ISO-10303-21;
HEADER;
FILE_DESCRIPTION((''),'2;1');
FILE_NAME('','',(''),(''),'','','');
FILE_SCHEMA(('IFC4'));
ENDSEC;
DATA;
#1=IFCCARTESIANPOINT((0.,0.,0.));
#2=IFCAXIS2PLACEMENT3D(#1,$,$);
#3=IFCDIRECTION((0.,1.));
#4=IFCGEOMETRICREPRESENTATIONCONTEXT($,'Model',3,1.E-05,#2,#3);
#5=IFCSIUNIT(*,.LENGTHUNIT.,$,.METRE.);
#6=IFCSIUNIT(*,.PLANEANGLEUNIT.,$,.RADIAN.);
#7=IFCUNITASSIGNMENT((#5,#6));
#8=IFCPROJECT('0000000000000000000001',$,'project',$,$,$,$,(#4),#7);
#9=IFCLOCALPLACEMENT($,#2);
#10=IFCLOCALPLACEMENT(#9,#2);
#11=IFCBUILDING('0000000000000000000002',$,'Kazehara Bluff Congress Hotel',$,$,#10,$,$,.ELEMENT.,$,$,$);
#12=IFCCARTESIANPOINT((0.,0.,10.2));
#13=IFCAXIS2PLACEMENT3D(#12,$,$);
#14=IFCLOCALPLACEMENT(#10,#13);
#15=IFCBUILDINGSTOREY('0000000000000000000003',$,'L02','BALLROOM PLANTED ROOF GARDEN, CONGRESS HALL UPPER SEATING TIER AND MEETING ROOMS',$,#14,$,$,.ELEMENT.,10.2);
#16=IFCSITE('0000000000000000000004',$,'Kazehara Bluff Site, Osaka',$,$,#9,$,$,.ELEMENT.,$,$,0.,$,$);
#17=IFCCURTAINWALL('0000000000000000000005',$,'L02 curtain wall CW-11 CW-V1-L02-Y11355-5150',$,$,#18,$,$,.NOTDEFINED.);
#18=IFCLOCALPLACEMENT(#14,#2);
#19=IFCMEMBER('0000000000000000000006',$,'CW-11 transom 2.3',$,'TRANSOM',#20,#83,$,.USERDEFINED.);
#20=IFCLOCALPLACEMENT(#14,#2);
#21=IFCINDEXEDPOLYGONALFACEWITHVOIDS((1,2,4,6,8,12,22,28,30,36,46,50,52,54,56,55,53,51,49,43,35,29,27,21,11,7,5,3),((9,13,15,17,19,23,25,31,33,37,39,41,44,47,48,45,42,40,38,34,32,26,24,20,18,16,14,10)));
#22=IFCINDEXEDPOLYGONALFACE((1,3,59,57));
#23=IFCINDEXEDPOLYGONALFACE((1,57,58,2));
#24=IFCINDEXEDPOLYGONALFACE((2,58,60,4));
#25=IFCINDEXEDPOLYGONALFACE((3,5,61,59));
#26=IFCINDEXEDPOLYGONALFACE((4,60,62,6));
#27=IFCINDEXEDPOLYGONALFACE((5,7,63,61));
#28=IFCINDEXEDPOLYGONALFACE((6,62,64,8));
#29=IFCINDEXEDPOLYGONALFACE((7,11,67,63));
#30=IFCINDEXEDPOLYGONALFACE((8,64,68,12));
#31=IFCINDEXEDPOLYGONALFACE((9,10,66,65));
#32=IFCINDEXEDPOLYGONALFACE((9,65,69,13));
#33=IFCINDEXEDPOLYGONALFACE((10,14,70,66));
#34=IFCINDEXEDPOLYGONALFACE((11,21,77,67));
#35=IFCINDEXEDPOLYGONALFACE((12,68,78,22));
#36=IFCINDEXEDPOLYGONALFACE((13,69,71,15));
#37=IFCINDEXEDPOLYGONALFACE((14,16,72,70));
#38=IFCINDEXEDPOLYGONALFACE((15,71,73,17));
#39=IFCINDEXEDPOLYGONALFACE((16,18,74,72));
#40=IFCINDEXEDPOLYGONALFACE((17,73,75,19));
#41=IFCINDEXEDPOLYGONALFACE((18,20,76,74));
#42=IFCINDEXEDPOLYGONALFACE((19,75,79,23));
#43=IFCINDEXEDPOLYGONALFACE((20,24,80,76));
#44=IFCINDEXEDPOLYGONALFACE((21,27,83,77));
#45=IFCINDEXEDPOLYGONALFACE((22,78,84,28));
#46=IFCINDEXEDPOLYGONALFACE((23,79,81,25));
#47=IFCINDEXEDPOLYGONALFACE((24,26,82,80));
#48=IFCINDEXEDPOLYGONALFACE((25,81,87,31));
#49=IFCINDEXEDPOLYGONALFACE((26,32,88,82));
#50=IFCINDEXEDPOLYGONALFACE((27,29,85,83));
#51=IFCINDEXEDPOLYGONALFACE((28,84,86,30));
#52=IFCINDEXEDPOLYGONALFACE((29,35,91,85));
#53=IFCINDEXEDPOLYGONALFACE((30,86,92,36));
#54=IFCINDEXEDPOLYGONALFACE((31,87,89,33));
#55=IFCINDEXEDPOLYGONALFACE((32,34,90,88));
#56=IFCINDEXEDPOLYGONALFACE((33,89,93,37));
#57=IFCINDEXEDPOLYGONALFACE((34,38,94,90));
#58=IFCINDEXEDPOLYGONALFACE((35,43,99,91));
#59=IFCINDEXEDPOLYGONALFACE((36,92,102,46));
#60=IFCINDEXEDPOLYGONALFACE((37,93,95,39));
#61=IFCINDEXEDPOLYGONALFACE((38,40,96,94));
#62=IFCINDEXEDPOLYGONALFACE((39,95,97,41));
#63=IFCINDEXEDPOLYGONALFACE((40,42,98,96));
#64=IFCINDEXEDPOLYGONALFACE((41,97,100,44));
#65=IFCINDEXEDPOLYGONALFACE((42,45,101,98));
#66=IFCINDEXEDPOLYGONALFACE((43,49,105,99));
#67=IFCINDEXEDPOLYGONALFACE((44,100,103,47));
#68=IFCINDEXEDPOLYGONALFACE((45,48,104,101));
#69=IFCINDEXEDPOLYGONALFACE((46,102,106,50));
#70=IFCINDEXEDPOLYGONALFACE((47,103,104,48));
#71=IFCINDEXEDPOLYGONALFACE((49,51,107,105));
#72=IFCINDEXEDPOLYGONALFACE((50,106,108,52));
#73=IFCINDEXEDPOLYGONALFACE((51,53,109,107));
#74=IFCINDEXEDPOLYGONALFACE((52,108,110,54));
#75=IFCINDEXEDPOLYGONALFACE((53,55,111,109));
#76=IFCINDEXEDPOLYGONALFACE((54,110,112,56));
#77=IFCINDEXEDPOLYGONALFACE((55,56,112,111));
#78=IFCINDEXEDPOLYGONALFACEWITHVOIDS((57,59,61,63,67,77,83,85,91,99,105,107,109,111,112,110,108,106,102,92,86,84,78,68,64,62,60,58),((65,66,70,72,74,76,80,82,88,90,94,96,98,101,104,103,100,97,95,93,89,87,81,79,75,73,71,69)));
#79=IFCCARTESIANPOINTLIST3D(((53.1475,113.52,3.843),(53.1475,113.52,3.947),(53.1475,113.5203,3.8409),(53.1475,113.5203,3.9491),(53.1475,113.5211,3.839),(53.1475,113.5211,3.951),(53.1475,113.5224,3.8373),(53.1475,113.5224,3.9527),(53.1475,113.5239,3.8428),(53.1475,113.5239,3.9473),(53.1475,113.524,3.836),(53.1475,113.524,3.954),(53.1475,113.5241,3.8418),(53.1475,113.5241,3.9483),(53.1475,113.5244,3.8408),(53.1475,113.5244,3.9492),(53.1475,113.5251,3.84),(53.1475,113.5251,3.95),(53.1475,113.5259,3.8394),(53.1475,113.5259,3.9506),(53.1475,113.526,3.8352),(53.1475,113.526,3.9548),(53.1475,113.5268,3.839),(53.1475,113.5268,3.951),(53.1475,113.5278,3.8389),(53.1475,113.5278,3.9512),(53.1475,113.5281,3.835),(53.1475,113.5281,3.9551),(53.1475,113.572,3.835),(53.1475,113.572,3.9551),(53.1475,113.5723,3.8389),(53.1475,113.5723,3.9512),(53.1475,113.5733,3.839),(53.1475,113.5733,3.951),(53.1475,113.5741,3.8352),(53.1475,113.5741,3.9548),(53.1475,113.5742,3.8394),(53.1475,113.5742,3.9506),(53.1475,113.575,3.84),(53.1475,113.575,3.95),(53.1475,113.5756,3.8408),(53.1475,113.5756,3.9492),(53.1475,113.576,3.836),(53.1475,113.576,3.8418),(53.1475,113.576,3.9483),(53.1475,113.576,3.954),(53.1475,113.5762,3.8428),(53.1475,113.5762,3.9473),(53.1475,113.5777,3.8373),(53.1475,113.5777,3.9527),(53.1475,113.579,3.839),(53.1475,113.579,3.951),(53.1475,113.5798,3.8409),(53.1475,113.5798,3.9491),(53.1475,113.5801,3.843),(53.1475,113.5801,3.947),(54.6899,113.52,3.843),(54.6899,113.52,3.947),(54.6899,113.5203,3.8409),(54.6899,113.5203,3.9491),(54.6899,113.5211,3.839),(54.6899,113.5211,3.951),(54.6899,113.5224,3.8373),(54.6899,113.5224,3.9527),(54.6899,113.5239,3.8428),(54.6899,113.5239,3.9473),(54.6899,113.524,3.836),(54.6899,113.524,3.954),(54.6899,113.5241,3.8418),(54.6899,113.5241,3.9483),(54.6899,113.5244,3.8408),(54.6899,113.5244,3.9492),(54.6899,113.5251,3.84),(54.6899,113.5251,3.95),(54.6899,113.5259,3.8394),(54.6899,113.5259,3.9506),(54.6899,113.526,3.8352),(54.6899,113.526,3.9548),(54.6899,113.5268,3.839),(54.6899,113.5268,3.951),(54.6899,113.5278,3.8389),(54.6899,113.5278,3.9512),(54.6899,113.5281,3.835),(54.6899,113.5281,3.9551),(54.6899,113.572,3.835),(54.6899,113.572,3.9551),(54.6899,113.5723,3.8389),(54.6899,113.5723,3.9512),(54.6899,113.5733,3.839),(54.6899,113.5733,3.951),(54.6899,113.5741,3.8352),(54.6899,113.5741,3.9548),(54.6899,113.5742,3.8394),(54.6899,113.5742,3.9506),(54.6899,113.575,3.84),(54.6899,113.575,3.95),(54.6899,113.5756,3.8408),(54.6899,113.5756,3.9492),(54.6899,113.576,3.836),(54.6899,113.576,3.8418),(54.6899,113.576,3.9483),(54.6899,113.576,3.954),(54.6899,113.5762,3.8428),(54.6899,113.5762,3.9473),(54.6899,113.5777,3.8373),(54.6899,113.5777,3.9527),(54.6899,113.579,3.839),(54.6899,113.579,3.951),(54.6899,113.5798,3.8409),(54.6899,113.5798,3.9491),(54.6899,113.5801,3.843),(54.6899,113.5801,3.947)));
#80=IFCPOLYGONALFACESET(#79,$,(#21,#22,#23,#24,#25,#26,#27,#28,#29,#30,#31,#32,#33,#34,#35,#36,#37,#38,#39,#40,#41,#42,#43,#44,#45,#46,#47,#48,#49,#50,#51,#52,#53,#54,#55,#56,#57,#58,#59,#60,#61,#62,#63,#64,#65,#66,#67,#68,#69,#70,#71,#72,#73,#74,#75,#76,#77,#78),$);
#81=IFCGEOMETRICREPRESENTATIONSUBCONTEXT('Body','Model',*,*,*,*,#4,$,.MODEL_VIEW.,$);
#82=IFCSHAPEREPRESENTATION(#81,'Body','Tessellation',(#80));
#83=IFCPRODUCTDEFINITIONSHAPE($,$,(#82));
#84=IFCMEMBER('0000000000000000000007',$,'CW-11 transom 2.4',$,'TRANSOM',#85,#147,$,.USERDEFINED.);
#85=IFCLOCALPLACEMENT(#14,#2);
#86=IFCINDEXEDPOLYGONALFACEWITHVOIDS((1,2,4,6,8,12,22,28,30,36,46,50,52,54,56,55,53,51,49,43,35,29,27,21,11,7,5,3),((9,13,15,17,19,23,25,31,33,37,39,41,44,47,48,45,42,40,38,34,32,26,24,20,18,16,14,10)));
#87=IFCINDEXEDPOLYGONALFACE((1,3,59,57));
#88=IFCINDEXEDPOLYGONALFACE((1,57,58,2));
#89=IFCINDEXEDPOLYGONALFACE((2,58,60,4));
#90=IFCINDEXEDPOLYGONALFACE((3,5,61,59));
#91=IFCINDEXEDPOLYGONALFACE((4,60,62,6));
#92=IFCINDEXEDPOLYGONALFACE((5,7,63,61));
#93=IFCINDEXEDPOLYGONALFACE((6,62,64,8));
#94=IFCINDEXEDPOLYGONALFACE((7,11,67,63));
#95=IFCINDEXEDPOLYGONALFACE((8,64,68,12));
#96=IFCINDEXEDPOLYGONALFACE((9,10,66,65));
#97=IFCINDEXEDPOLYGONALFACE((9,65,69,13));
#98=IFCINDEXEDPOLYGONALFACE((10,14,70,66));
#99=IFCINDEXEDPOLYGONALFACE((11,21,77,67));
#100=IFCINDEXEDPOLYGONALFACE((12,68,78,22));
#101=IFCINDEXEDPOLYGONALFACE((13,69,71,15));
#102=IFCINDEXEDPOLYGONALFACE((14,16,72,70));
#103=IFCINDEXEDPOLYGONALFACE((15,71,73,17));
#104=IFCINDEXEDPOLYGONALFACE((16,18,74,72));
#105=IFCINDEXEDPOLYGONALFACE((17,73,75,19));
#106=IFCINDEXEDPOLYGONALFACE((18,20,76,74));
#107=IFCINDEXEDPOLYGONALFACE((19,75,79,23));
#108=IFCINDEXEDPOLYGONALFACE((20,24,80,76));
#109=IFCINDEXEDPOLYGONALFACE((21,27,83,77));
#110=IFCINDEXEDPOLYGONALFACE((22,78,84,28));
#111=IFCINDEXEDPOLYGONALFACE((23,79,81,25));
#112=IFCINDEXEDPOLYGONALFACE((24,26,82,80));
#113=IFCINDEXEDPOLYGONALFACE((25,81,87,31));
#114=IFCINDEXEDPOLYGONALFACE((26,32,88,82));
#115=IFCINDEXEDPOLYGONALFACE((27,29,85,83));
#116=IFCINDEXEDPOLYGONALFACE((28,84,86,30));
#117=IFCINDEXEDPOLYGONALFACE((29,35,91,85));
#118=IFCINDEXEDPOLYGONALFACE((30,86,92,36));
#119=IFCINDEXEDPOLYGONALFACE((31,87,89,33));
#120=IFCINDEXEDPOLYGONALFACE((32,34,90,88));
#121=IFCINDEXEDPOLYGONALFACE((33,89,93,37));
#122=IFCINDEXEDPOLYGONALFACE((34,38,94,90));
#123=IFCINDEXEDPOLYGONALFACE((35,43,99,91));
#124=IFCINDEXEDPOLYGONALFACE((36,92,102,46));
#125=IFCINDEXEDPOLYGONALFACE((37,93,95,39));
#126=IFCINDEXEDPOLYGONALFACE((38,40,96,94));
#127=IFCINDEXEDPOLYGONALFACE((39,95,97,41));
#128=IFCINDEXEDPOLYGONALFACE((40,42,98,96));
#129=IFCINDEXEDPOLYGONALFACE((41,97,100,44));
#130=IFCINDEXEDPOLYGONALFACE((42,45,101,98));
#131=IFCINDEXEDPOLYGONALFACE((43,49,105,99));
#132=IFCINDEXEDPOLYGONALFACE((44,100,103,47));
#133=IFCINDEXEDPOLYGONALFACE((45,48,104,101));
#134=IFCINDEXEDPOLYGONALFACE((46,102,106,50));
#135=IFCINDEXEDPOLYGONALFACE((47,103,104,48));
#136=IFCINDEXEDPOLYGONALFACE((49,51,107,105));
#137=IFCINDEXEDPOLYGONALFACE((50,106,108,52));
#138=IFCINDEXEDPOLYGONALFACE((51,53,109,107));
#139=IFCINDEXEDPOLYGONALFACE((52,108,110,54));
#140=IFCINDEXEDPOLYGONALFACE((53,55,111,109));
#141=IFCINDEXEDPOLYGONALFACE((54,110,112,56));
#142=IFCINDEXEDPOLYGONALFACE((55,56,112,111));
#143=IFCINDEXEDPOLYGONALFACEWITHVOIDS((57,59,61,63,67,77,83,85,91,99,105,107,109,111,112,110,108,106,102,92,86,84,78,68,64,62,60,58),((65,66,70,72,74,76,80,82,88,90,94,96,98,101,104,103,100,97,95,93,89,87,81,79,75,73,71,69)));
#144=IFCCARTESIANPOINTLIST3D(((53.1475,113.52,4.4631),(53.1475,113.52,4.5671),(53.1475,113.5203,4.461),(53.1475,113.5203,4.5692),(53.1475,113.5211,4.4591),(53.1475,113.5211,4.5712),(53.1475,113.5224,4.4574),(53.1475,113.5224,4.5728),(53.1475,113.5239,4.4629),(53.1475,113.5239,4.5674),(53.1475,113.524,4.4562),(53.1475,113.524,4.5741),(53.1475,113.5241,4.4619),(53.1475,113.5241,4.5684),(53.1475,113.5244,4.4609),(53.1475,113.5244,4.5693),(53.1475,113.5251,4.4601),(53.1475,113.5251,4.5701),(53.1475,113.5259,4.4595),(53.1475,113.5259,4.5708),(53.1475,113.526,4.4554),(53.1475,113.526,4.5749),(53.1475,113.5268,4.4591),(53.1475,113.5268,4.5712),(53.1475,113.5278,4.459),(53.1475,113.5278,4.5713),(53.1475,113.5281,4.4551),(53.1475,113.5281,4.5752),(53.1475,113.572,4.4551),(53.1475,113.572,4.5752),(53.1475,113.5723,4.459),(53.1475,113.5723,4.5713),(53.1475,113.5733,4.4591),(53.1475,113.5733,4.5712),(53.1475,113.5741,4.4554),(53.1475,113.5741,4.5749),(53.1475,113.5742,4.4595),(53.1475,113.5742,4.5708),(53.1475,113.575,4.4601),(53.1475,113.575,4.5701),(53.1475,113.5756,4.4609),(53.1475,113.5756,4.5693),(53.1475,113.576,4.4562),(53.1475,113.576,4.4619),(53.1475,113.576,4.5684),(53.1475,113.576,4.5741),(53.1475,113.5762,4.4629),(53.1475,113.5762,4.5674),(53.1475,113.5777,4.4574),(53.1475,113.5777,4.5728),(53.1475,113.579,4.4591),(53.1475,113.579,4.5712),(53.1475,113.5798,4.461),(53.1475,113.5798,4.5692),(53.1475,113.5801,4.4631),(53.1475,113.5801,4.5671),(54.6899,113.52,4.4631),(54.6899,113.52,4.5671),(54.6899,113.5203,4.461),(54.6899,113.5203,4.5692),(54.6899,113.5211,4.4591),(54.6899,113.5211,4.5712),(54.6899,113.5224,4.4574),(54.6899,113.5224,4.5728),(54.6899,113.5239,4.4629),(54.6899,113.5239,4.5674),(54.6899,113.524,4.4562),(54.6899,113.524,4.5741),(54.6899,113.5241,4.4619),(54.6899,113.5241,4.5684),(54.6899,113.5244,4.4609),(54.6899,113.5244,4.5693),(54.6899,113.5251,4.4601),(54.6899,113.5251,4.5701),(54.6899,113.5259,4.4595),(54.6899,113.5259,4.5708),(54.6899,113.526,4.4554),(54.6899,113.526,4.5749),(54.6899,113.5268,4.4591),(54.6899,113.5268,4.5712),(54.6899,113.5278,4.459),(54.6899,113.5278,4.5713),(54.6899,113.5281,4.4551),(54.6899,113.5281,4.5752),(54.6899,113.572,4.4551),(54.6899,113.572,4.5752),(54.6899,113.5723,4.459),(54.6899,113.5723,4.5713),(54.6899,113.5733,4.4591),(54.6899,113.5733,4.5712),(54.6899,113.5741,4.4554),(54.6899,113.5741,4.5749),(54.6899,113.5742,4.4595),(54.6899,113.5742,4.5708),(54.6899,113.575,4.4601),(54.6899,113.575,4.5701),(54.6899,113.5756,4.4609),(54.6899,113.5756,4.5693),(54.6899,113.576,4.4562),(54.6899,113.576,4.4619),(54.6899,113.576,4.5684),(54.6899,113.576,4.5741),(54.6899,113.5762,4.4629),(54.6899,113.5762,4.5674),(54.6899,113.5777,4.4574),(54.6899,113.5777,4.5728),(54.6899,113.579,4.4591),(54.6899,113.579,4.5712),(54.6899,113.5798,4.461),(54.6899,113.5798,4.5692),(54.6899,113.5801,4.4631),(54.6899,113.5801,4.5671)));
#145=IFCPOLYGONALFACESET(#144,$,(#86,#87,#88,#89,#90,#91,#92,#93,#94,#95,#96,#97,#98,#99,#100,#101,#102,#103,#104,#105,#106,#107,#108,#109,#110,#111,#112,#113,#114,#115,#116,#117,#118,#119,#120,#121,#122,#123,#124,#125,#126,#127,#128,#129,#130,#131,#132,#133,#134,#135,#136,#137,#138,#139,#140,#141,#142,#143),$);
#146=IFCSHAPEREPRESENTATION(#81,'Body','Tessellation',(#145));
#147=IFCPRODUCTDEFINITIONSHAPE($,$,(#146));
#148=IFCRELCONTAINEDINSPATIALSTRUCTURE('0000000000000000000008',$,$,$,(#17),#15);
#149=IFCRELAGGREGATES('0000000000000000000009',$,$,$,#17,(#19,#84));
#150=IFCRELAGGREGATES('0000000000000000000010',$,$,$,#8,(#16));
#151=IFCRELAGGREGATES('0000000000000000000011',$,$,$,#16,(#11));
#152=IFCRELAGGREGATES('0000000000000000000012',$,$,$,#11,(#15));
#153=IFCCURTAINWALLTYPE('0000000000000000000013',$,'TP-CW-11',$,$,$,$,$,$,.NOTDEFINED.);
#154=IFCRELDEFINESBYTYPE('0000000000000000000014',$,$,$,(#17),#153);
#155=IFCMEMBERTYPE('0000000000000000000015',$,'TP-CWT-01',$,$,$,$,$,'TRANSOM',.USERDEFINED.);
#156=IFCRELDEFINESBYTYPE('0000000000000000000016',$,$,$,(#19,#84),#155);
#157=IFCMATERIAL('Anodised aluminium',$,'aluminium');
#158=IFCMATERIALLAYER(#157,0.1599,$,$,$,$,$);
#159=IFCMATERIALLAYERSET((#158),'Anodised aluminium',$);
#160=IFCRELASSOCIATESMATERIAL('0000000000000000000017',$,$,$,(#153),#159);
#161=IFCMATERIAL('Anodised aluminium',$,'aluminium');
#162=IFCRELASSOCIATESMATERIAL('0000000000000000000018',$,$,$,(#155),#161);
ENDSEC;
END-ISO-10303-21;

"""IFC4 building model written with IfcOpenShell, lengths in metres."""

from ifc_helpers import new_model, si_unit, direction, frame, origin, origin_2d, place, context, subcontext, project, spatial, hollow_rectangle, extrude, material, layer, layer_set, material_profile, profile_set, type_object, element, aggregate, save


model = new_model("IFC4")

# Units and contexts
model_context = context("Model", 3, precision=1e-05, world=origin(), true_north=direction((0.0, 1.0)))
body_context = subcontext(model_context, "Body", "Model", "MODEL_VIEW")
ifc_project = project(units=[si_unit("LENGTHUNIT", "METRE"), si_unit("PLANEANGLEUNIT", "RADIAN")], contexts=[model_context])

# Site, building, storey
site_placement = place(None, origin())
site = spatial("IfcSite", under=ifc_project, at=site_placement, Name="Kazehara Bluff Site, Osaka", CompositionType="ELEMENT", RefElevation=0.0)
building_placement = place(site_placement, origin())
building = spatial("IfcBuilding", under=site, at=building_placement, Name="Kazehara Bluff Congress Hotel", CompositionType="ELEMENT")
storey_placement = place(building_placement, frame((0.0, 0.0, 10.2)))
storey = spatial("IfcBuildingStorey", under=building, at=storey_placement, Name="L02", Description="BALLROOM PLANTED ROOF GARDEN, CONGRESS HALL UPPER SEATING TIER AND MEETING ROOMS", CompositionType="ELEMENT", Elevation=10.2)

# Curtain wall, members
ifc_material_1 = material(Name="Anodised aluminium", Category="aluminium")
ifc_layer_1 = layer(ifc_material_1, 0.1599)
ifc_layer_set_1 = layer_set([ifc_layer_1], Name="Anodised aluminium")
curtain_wall_type = type_object("IfcCurtainWallType", Name="TP-CW-11", PredefinedType="NOTDEFINED", material=ifc_layer_set_1)
curtain_wall_placement = place(storey_placement, origin())
curtain_wall = element("IfcCurtainWall", 1, at=curtain_wall_placement, inside=storey, type_object=curtain_wall_type, Name="L02 curtain wall CW-11 CW-V1-L02-Y11355-5150", PredefinedType="NOTDEFINED")
ifc_material_2 = material(Name="Anodised aluminium", Category="aluminium")
ifc_material_profile_1 = material_profile(ifc_material_2, hollow_rectangle(XDim=0.0601, YDim=0.1201, WallThickness=0.0039, InnerFilletRadius=0.0039, OuterFilletRadius=0.0081, at=origin_2d()))
ifc_profile_set_1 = profile_set([ifc_material_profile_1], Name="Anodised aluminium")
member_type_1 = type_object("IfcMemberType", Name="TP-CWT-01", ElementType="TRANSOM", PredefinedType="USERDEFINED", material=ifc_profile_set_1)
member_1_placement = place(storey_placement, frame((53.1475, 113.55, 3.895), z_axis=(1.0, 0.0, 0.0), x_axis=(0.0, 1.0, 0.0)))
member_1 = element("IfcMember", 2, at=member_1_placement, type_object=member_type_1, Name="CW-11 transom 2.3", ObjectType="TRANSOM", PredefinedType="USERDEFINED", context=body_context, shape_type="SweptSolid", body=[
    extrude(hollow_rectangle(XDim=0.0601, YDim=0.1201, WallThickness=0.0039, InnerFilletRadius=0.0039, OuterFilletRadius=0.0081, at=origin_2d()), origin(), (0.0, 0.0, 1.0), 1.5425),
])
member_2_placement = place(storey_placement, frame((53.1475, 113.55, 4.5151), z_axis=(1.0, 0.0, 0.0), x_axis=(0.0, 1.0, 0.0)))
member_2 = element("IfcMember", 3, at=member_2_placement, type_object=member_type_1, Name="CW-11 transom 2.4", ObjectType="TRANSOM", PredefinedType="USERDEFINED", context=body_context, shape_type="SweptSolid", body=[
    extrude(hollow_rectangle(XDim=0.0601, YDim=0.1201, WallThickness=0.0039, InnerFilletRadius=0.0039, OuterFilletRadius=0.0081, at=origin_2d()), origin(), (0.0, 0.0, 1.0), 1.5425),
])
aggregate(curtain_wall, [member_1, member_2])

save(model, "model.ifc")
